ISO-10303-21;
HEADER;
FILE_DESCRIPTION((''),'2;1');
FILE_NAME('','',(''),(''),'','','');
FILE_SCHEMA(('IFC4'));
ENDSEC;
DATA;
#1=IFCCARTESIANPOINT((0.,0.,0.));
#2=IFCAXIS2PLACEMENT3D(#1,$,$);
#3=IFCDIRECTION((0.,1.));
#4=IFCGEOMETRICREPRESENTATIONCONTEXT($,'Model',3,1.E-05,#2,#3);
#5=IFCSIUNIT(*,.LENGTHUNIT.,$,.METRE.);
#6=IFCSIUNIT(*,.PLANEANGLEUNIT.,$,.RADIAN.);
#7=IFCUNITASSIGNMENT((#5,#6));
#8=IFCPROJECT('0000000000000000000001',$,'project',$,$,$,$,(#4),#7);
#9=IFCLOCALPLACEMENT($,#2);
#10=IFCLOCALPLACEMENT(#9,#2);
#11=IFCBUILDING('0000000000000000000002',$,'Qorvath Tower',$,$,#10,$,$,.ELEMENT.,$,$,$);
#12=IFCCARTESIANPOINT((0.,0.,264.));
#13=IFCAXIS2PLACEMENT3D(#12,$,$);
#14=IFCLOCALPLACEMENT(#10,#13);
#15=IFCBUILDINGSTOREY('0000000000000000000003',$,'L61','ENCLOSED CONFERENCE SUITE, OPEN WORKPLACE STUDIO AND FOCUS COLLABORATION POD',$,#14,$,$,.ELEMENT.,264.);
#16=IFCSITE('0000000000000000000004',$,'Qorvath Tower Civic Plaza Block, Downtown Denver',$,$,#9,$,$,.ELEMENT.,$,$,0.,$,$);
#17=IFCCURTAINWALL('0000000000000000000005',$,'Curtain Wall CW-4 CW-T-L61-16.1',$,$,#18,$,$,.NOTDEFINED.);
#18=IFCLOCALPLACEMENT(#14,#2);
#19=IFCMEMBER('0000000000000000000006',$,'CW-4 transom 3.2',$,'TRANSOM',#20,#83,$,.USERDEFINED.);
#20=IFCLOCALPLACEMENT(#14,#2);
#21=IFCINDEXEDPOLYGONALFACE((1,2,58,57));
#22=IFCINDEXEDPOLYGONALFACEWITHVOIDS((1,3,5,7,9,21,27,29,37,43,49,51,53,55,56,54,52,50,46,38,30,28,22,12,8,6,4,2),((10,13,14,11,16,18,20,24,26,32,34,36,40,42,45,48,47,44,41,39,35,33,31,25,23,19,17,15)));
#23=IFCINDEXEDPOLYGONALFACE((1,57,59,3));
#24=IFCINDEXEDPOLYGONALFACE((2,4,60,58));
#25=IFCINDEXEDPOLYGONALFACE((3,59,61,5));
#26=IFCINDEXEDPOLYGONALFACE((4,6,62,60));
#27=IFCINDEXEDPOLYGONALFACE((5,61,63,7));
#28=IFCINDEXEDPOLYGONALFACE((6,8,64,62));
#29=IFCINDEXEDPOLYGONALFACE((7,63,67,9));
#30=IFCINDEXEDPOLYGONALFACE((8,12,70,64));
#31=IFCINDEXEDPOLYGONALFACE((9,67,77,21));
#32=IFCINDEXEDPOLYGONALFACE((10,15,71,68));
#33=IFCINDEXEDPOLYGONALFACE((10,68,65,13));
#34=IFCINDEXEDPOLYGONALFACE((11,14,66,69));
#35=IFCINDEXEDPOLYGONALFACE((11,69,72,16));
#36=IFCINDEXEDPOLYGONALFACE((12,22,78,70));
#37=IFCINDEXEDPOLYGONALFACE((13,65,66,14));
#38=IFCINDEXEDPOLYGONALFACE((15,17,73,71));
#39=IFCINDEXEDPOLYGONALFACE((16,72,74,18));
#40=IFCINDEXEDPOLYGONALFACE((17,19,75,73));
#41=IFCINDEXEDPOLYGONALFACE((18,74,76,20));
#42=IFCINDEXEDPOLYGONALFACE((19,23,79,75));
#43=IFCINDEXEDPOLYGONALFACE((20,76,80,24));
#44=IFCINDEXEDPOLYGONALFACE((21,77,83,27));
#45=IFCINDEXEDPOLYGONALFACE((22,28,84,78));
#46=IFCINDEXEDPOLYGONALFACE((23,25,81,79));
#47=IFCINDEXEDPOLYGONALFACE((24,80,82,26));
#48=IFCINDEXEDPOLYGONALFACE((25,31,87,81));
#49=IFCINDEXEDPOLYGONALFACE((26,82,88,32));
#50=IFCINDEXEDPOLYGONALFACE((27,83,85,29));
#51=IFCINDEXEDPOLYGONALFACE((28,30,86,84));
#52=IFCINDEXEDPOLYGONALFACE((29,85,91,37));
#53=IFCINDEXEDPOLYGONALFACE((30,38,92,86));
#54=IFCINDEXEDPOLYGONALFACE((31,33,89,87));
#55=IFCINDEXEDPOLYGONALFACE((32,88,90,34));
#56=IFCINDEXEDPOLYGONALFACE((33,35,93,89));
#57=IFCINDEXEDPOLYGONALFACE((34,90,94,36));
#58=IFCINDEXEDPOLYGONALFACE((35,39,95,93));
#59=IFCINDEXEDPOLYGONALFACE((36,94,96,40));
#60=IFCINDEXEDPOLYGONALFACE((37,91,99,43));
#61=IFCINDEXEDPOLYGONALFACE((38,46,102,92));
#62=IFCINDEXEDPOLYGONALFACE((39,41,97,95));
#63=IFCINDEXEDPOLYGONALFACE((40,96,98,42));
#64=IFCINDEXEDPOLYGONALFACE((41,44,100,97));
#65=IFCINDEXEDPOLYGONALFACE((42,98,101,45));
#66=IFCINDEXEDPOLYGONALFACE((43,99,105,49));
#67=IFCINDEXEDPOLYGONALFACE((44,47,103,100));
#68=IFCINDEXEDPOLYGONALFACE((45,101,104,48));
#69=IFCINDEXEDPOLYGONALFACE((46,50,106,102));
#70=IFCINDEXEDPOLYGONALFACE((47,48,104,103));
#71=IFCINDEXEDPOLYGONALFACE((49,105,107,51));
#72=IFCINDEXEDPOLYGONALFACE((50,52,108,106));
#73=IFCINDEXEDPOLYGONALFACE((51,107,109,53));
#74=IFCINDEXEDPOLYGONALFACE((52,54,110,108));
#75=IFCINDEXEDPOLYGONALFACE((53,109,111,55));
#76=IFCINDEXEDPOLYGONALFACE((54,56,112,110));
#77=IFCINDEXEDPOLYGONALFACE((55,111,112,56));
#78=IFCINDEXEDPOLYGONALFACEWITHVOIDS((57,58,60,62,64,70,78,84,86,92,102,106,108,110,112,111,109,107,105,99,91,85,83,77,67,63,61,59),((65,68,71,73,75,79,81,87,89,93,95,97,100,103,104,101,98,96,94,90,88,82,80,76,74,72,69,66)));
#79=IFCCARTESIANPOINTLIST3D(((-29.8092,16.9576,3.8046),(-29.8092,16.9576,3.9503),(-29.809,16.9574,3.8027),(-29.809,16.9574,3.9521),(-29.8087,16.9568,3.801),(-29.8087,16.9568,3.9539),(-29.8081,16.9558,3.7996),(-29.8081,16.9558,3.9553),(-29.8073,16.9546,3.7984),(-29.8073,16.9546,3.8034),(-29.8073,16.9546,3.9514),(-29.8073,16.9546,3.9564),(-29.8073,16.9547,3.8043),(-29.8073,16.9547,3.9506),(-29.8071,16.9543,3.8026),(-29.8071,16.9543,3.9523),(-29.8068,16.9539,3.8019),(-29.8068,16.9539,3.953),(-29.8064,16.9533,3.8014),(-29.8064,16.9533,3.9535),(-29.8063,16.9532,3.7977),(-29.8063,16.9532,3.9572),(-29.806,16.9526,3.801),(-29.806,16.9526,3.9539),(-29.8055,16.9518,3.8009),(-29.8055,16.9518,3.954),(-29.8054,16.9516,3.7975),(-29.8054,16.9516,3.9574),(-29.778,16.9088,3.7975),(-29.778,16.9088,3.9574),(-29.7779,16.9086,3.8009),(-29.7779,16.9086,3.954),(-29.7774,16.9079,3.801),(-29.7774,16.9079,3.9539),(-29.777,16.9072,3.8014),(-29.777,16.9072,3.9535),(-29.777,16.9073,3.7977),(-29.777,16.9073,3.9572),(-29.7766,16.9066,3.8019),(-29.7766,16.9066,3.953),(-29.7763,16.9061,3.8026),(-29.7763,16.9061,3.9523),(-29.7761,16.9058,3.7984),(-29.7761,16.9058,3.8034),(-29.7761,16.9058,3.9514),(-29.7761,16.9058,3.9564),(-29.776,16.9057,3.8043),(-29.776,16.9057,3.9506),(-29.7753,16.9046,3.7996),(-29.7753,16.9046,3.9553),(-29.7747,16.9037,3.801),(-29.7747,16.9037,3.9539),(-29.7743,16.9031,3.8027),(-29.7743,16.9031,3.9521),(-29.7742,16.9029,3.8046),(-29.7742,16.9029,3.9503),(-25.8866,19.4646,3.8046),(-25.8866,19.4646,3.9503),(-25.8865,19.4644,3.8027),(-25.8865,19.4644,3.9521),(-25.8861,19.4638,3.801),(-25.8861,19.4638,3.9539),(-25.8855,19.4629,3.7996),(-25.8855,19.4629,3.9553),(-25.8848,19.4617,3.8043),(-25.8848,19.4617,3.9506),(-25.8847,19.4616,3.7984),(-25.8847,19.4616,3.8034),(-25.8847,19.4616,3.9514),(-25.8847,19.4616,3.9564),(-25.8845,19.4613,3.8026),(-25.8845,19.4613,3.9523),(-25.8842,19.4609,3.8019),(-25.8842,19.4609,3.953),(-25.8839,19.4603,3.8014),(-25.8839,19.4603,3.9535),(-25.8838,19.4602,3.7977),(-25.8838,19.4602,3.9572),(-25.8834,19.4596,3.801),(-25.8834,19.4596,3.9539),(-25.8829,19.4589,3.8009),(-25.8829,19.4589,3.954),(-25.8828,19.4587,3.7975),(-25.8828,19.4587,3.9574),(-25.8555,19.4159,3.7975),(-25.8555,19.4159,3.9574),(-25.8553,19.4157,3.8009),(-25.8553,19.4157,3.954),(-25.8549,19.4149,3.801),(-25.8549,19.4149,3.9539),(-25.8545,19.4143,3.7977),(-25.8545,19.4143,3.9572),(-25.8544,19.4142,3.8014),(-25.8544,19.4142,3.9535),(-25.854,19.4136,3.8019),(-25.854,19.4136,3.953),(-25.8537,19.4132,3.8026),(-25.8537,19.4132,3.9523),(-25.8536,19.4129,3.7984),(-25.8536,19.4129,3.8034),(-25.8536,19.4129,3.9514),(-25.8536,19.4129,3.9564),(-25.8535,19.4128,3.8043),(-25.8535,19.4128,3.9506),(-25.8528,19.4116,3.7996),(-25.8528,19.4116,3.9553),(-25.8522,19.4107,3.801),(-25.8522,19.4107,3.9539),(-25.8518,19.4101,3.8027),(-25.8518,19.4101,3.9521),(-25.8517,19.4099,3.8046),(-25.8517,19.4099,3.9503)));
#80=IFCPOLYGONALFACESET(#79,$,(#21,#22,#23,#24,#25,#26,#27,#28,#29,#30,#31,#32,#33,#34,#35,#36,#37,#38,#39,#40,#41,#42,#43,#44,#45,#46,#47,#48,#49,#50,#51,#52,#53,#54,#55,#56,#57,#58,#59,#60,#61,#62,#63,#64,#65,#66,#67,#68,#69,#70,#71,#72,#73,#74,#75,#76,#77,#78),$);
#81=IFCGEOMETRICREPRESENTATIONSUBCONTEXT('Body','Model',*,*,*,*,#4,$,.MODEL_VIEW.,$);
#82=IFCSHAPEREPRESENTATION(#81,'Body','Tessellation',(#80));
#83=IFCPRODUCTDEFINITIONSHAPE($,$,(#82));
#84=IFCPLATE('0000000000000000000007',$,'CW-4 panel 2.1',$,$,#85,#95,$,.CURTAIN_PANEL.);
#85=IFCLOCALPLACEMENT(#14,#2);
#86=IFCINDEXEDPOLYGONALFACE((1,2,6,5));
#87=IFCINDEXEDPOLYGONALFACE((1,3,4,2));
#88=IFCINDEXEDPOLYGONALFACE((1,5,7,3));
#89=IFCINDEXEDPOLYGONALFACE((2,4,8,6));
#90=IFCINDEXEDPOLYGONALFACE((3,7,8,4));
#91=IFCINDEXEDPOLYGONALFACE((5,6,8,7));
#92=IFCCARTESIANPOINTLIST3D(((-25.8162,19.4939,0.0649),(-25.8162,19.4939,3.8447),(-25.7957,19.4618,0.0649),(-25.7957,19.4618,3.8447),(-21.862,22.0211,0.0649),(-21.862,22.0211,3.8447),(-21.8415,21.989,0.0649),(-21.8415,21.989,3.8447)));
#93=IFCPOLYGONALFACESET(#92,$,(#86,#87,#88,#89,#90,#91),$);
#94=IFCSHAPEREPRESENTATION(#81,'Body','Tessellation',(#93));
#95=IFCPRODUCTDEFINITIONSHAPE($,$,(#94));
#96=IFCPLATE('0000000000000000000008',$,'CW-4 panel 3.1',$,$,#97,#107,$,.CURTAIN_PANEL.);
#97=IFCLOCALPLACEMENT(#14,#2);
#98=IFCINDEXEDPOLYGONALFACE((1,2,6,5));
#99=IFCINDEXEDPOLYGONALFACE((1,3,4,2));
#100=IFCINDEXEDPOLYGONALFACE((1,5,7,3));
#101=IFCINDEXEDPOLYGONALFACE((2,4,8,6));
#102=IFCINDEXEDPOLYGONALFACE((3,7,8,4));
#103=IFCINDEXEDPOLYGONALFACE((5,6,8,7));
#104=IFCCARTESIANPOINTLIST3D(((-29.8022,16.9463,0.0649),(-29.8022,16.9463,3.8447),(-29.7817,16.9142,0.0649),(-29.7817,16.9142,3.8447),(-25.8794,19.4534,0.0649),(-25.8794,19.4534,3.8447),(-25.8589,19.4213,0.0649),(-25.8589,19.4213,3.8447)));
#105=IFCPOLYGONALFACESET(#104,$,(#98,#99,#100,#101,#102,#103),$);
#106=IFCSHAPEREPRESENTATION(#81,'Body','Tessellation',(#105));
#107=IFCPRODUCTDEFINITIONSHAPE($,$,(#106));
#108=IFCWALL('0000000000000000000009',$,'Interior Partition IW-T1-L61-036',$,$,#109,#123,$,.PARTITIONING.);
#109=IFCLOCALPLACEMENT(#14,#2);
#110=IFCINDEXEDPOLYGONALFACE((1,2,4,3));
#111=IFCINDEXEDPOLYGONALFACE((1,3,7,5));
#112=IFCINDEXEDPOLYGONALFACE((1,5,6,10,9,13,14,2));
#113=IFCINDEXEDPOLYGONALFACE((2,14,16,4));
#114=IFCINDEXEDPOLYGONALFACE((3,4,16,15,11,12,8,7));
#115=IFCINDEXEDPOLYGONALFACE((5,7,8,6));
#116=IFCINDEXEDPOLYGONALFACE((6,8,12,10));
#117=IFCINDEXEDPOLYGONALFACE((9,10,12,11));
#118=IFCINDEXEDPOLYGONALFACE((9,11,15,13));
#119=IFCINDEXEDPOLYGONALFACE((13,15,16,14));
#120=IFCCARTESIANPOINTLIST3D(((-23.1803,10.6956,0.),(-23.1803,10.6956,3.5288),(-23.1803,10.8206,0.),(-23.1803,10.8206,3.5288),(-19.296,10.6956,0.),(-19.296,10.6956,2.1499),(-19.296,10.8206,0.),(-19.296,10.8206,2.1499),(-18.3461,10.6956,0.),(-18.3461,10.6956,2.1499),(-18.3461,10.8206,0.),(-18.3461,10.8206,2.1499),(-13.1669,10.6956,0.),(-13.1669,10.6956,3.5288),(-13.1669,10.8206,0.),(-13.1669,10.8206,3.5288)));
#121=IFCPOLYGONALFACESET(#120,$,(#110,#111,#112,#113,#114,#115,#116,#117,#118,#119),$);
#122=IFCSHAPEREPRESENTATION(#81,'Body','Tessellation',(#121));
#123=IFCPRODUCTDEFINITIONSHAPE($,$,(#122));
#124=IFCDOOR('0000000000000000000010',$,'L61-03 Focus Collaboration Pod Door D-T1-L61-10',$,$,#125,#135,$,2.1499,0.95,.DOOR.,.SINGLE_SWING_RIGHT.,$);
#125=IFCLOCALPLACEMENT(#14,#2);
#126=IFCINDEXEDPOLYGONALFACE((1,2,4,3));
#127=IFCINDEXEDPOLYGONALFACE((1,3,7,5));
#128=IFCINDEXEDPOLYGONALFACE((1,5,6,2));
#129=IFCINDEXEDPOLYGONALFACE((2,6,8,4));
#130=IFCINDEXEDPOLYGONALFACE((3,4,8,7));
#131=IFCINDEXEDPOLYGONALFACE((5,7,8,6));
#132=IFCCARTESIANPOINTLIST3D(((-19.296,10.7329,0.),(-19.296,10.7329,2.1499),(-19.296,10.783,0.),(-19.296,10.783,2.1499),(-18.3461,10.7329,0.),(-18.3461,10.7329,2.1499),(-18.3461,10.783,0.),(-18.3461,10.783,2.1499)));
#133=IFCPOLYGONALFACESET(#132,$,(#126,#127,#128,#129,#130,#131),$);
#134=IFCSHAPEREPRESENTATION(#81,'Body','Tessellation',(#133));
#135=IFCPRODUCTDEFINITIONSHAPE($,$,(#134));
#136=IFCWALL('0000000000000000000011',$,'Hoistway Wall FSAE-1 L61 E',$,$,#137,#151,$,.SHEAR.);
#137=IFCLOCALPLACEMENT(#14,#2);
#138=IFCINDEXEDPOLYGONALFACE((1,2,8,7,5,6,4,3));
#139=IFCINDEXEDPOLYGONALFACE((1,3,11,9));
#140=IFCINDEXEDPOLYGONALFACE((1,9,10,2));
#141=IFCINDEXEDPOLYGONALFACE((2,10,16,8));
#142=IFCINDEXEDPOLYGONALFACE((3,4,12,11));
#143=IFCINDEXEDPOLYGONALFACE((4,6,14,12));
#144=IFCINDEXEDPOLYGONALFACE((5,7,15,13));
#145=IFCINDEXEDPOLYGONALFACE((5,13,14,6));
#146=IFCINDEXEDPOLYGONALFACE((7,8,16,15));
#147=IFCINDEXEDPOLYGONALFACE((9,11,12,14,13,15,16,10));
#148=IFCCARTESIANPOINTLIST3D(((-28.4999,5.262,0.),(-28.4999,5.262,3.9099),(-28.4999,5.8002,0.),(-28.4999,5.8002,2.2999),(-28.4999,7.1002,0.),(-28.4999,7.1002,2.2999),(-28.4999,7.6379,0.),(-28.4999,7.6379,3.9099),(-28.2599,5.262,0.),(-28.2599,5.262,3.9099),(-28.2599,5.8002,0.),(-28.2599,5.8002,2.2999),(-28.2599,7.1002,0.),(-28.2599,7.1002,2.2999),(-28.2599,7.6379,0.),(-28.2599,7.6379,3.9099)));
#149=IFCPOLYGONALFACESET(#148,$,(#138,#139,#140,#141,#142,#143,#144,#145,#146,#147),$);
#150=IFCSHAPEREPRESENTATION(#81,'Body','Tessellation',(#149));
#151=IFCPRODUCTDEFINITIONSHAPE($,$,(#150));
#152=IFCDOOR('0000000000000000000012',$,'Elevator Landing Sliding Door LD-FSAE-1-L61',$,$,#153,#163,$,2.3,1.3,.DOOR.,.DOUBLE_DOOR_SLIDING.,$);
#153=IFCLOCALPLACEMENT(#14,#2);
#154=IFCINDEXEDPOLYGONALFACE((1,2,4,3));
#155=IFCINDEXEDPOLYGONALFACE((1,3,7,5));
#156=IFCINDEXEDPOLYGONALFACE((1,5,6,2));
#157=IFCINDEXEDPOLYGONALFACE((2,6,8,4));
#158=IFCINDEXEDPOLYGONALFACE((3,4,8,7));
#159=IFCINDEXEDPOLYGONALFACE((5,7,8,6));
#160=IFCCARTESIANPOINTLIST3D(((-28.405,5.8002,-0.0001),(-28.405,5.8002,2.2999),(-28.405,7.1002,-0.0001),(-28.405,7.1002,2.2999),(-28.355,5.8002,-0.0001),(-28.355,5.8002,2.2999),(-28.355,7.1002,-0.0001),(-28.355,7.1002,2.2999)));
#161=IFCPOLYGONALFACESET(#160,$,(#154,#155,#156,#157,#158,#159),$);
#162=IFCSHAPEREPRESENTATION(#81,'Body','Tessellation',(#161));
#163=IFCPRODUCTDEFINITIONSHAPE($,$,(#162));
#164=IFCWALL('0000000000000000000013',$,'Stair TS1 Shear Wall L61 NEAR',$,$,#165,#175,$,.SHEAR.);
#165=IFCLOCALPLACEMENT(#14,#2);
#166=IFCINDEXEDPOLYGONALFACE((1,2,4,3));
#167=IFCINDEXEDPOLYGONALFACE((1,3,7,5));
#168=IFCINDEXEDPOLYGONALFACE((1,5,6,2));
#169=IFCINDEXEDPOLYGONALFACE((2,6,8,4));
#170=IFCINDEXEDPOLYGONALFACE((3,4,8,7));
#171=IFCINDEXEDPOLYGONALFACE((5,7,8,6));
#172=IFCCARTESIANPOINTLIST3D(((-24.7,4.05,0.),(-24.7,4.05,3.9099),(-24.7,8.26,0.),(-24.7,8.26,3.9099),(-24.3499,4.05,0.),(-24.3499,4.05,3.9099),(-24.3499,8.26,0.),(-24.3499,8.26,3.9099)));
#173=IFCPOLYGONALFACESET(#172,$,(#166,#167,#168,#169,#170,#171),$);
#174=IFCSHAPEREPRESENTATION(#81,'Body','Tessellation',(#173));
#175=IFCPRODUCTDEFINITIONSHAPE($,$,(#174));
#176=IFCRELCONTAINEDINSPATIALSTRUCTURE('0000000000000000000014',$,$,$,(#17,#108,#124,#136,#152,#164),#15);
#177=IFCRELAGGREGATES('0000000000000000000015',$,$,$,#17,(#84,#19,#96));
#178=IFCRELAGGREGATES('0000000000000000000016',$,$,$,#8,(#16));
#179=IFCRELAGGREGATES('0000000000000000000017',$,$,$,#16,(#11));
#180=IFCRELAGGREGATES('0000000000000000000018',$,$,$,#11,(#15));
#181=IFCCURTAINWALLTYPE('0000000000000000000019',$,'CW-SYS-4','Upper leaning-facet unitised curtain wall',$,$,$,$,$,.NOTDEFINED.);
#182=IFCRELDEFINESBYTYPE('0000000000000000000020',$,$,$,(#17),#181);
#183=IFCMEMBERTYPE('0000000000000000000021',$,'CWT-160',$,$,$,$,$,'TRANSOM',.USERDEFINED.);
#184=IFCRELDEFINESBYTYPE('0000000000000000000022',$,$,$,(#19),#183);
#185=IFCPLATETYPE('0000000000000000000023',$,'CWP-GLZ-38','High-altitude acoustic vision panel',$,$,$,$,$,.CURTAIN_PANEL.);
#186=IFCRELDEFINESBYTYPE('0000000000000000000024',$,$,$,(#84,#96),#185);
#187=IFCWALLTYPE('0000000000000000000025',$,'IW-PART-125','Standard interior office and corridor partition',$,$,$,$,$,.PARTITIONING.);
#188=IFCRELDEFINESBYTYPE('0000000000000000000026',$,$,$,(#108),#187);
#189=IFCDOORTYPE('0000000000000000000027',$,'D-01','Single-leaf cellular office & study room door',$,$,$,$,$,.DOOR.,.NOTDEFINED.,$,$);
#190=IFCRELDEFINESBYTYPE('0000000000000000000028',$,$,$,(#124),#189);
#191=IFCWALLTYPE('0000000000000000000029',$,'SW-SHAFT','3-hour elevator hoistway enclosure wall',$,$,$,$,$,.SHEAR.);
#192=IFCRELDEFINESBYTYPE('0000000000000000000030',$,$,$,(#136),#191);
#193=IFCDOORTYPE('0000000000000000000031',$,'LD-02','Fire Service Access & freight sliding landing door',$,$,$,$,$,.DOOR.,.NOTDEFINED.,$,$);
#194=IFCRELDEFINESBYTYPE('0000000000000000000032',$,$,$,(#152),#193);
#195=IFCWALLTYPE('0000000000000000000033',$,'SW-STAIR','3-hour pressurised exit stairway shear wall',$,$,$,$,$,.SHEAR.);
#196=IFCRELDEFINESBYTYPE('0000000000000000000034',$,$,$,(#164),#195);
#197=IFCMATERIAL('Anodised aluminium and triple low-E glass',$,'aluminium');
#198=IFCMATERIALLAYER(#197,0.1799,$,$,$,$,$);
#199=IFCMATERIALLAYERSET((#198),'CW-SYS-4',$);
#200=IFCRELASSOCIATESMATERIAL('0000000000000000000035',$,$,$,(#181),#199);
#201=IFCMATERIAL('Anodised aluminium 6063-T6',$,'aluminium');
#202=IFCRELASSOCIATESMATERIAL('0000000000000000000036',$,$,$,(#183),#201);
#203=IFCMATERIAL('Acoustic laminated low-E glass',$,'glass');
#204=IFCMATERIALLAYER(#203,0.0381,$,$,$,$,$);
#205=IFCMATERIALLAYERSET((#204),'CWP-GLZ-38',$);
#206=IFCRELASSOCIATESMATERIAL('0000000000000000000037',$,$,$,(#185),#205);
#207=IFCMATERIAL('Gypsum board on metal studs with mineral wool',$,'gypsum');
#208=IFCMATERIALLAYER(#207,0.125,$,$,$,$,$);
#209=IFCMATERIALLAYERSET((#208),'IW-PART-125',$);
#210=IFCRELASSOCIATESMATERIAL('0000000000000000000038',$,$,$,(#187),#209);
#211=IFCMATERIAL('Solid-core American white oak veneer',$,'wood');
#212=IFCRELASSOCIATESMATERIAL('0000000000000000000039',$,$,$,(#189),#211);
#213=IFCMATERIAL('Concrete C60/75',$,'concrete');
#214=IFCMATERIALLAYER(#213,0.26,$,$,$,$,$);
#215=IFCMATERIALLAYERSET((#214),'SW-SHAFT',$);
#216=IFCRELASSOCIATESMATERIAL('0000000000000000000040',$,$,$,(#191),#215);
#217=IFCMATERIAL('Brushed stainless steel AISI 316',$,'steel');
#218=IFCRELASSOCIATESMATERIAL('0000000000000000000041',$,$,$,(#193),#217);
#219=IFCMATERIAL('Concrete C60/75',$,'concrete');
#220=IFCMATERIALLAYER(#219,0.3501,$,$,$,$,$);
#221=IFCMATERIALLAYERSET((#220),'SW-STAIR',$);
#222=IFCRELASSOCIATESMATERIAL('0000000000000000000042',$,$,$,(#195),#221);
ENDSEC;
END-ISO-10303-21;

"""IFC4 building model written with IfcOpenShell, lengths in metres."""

from ifc_helpers import new_model, si_unit, direction, frame, frame_2d, origin, origin_2d, place, context, subcontext, project, spatial, rectangle, hollow_rectangle, extrude, material, layer, layer_set, material_profile, profile_set, type_object, element, fill, aggregate, save


model = new_model("IFC4")

# Units and contexts
model_context = context("Model", 3, precision=1e-05, world=origin(), true_north=direction((0.0, 1.0)))
body_context = subcontext(model_context, "Body", "Model", "MODEL_VIEW")
ifc_project = project(units=[si_unit("LENGTHUNIT", "METRE"), si_unit("PLANEANGLEUNIT", "RADIAN")], contexts=[model_context])

# Site, building, storey
site_placement = place(None, origin())
site = spatial("IfcSite", under=ifc_project, at=site_placement, Name="Qorvath Tower Civic Plaza Block, Downtown Denver", CompositionType="ELEMENT", RefElevation=0.0)
building_placement = place(site_placement, origin())
building = spatial("IfcBuilding", under=site, at=building_placement, Name="Qorvath Tower", CompositionType="ELEMENT")
storey_placement = place(building_placement, frame((0.0, 0.0, 264.0)))
storey = spatial("IfcBuildingStorey", under=building, at=storey_placement, Name="L61", Description="ENCLOSED CONFERENCE SUITE, OPEN WORKPLACE STUDIO AND FOCUS COLLABORATION POD", CompositionType="ELEMENT", Elevation=264.0)

# Curtain wall
ifc_material_1 = material(Name="Anodised aluminium and triple low-E glass", Category="aluminium")
ifc_layer_1 = layer(ifc_material_1, 0.1799)
ifc_layer_set_1 = layer_set([ifc_layer_1], Name="CW-SYS-4")
curtain_wall_type = type_object("IfcCurtainWallType", Name="CW-SYS-4", Description="Upper leaning-facet unitised curtain wall", PredefinedType="NOTDEFINED", material=ifc_layer_set_1)
curtain_wall_1_placement = place(storey_placement, origin())
curtain_wall_1 = element("IfcCurtainWall", 1, at=curtain_wall_1_placement, inside=storey, type_object=curtain_wall_type, Name="Curtain Wall CW-4 CW-T-L61-16.1", PredefinedType="NOTDEFINED")

# Member
ifc_material_2 = material(Name="Anodised aluminium 6063-T6", Category="aluminium")
ifc_material_profile_1 = material_profile(ifc_material_2, hollow_rectangle(XDim=0.0649, YDim=0.1599, WallThickness=0.0034, InnerFilletRadius=0.0034, OuterFilletRadius=0.0071, at=origin_2d()), Name="CWT 160x65")
ifc_profile_set_1 = profile_set([ifc_material_profile_1], Name="Anodised aluminium 6063-T6")
member_type_1 = type_object("IfcMemberType", Name="CWT-160", ElementType="TRANSOM", PredefinedType="USERDEFINED", material=ifc_profile_set_1)
member_1_placement = place(storey_placement, frame((-25.8691, 19.4373, 3.8774), z_axis=(-0.842602, -0.538537, 0.0), x_axis=(0.538537, -0.842602, 0.0)))
member_1 = element("IfcMember", 2, at=member_1_placement, type_object=member_type_1, Name="CW-4 transom 3.2", ObjectType="TRANSOM", PredefinedType="USERDEFINED", context=body_context, shape_type="SweptSolid", body=[
    extrude(hollow_rectangle(XDim=0.0649, YDim=0.1599, WallThickness=0.0034, InnerFilletRadius=0.0034, OuterFilletRadius=0.0071, at=origin_2d()), origin(), (0.0, 0.0, 1.0), 4.6553),
])

# Plates
ifc_material_3 = material(Name="Acoustic laminated low-E glass", Category="glass")
ifc_layer_2 = layer(ifc_material_3, 0.0381)
ifc_layer_set_2 = layer_set([ifc_layer_2], Name="CWP-GLZ-38")
plate_type = type_object("IfcPlateType", Name="CWP-GLZ-38", Description="High-altitude acoustic vision panel", PredefinedType="CURTAIN_PANEL", material=ifc_layer_set_2)
plate_1_placement = place(storey_placement, frame((-23.8289, 20.7415, 0.0649), z_axis=(0.0, 0.0, 1.0), x_axis=(-0.842611, -0.538523, 0.0)))
plate_1 = element("IfcPlate", 3, at=plate_1_placement, type_object=plate_type, Name="CW-4 panel 2.1", PredefinedType="CURTAIN_PANEL", context=body_context, shape_type="SweptSolid", body=[
    extrude(rectangle(XDim=4.6929, YDim=0.0381, at=origin_2d()), origin(), (0.0, 0.0, 1.0), 3.7798),
])
plate_2_placement = place(storey_placement, frame((-27.8306, 18.1838, 0.0649), z_axis=(0.0, 0.0, 1.0), x_axis=(-0.842611, -0.538523, 0.0)))
plate_2 = element("IfcPlate", 4, at=plate_2_placement, type_object=plate_type, Name="CW-4 panel 3.1", PredefinedType="CURTAIN_PANEL", context=body_context, shape_type="SweptSolid", body=[
    extrude(rectangle(XDim=4.6555, YDim=0.0381, at=origin_2d()), origin(), (0.0, 0.0, 1.0), 3.7798),
])
aggregate(curtain_wall_1, [plate_1, member_1, plate_2])

# Walls, openings, doors
ifc_material_4 = material(Name="Gypsum board on metal studs with mineral wool", Category="gypsum")
ifc_layer_3 = layer(ifc_material_4, 0.125)
ifc_layer_set_3 = layer_set([ifc_layer_3], Name="IW-PART-125")
wall_type_1 = type_object("IfcWallType", Name="IW-PART-125", Description="Standard interior office and corridor partition", PredefinedType="PARTITIONING", material=ifc_layer_set_3)
wall_1_placement = place(storey_placement, frame((-23.1804, 10.7581, 0.0), z_axis=(0.0, 0.0, 1.0), x_axis=(1.0, 0.0, 0.0)))
wall_1 = element("IfcWall", 5, at=wall_1_placement, inside=storey, type_object=wall_type_1, Name="Interior Partition IW-T1-L61-036", PredefinedType="PARTITIONING", context=body_context, shape_type="SweptSolid", body=[
    extrude(rectangle(XDim=10.0134, YDim=0.125, at=frame_2d((5.0068, 0.0))), origin(), (0.0, 0.0, 1.0), 3.5288),
])
opening_1_placement = place(wall_1_placement, frame((3.8843, 0.0, 0.0)))
opening_1 = element("IfcOpeningElement", 6, at=opening_1_placement, cuts=wall_1, PredefinedType="OPENING", context=body_context, shape_type="SweptSolid", body=[
    extrude(rectangle(XDim=0.95, YDim=2.1499, at=frame_2d((0.4751, 1.075))), frame((0.0, 0.0725, 0.0), z_axis=(0.0, -1.0, 0.0), x_axis=(1.0, 0.0, 0.0)), (0.0, 0.0, 1.0), 0.145),
])
ifc_material_5 = material(Name="Solid-core American white oak veneer", Category="wood")
door_type_1 = type_object("IfcDoorType", Name="D-01", Description="Single-leaf cellular office & study room door", OperationType="NOTDEFINED", PredefinedType="DOOR", material=ifc_material_5)
door_1_placement = place(opening_1_placement, origin())
door_1 = element("IfcDoor", 7, at=door_1_placement, inside=storey, type_object=door_type_1, Name="L61-03 Focus Collaboration Pod Door D-T1-L61-10", OperationType="SINGLE_SWING_RIGHT", OverallHeight=2.1499, OverallWidth=0.95, PredefinedType="DOOR", context=body_context, shape_type="SweptSolid", body=[
    extrude(rectangle(XDim=0.95, YDim=2.1499, at=frame_2d((0.4751, 1.075))), frame((0.0, 0.0249, 0.0), z_axis=(0.0, -1.0, 0.0), x_axis=(1.0, 0.0, 0.0)), (0.0, 0.0, 1.0), 0.05),
])
fill(opening_1, door_1)
ifc_material_6 = material(Name="Concrete C60/75", Category="concrete")
ifc_layer_4 = layer(ifc_material_6, 0.26)
ifc_layer_set_4 = layer_set([ifc_layer_4], Name="SW-SHAFT")
wall_type_2 = type_object("IfcWallType", Name="SW-SHAFT", Description="3-hour elevator hoistway enclosure wall", PredefinedType="SHEAR", material=ifc_layer_set_4)
wall_2_placement = place(storey_placement, frame((-28.3799, 7.6379, 0.0), z_axis=(0.0, 0.0, 1.0), x_axis=(0.0, -1.0, 0.0)))
wall_2 = element("IfcWall", 8, at=wall_2_placement, inside=storey, type_object=wall_type_2, Name="Hoistway Wall FSAE-1 L61 E", PredefinedType="SHEAR", context=body_context, shape_type="SweptSolid", body=[
    extrude(rectangle(XDim=2.376, YDim=0.24, at=frame_2d((1.188, 0.0))), origin(), (0.0, 0.0, 1.0), 3.9099),
])
opening_2_placement = place(wall_2_placement, frame((0.5378, 0.0, 0.0)))
opening_2 = element("IfcOpeningElement", 9, at=opening_2_placement, cuts=wall_2, PredefinedType="OPENING", context=body_context, shape_type="SweptSolid", body=[
    extrude(rectangle(XDim=1.3, YDim=2.3, at=frame_2d((0.6499, 1.1499))), frame((0.0, 0.1299, 0.0), z_axis=(0.0, -1.0, 0.0), x_axis=(1.0, 0.0, 0.0)), (0.0, 0.0, 1.0), 0.26),
])
ifc_material_7 = material(Name="Brushed stainless steel AISI 316", Category="steel")
door_type_2 = type_object("IfcDoorType", Name="LD-02", Description="Fire Service Access & freight sliding landing door", OperationType="NOTDEFINED", PredefinedType="DOOR", material=ifc_material_7)
door_2_placement = place(opening_2_placement, origin())
door_2 = element("IfcDoor", 10, at=door_2_placement, inside=storey, type_object=door_type_2, Name="Elevator Landing Sliding Door LD-FSAE-1-L61", OperationType="DOUBLE_DOOR_SLIDING", OverallHeight=2.3, OverallWidth=1.3, PredefinedType="DOOR", context=body_context, shape_type="SweptSolid", body=[
    extrude(rectangle(XDim=1.3, YDim=2.3, at=frame_2d((0.6499, 1.1499))), frame((0.0, 0.0249, 0.0), z_axis=(0.0, -1.0, 0.0), x_axis=(1.0, 0.0, 0.0)), (0.0, 0.0, 1.0), 0.05),
])
fill(opening_2, door_2)

# Wall
ifc_material_8 = material(Name="Concrete C60/75", Category="concrete")
ifc_layer_5 = layer(ifc_material_8, 0.3501)
ifc_layer_set_5 = layer_set([ifc_layer_5], Name="SW-STAIR")
wall_type_3 = type_object("IfcWallType", Name="SW-STAIR", Description="3-hour pressurised exit stairway shear wall", PredefinedType="SHEAR", material=ifc_layer_set_5)
wall_3_placement = place(storey_placement, frame((-24.5249, 8.26, 0.0), z_axis=(0.0, 0.0, 1.0), x_axis=(0.0, -1.0, 0.0)))
element("IfcWall", 11, at=wall_3_placement, inside=storey, type_object=wall_type_3, Name="Stair TS1 Shear Wall L61 NEAR", PredefinedType="SHEAR", context=body_context, shape_type="SweptSolid", body=[
    extrude(rectangle(XDim=4.21, YDim=0.3501, at=frame_2d((2.105, 0.0))), origin(), (0.0, 0.0, 1.0), 3.9099),
])

save(model, "model.ifc")
